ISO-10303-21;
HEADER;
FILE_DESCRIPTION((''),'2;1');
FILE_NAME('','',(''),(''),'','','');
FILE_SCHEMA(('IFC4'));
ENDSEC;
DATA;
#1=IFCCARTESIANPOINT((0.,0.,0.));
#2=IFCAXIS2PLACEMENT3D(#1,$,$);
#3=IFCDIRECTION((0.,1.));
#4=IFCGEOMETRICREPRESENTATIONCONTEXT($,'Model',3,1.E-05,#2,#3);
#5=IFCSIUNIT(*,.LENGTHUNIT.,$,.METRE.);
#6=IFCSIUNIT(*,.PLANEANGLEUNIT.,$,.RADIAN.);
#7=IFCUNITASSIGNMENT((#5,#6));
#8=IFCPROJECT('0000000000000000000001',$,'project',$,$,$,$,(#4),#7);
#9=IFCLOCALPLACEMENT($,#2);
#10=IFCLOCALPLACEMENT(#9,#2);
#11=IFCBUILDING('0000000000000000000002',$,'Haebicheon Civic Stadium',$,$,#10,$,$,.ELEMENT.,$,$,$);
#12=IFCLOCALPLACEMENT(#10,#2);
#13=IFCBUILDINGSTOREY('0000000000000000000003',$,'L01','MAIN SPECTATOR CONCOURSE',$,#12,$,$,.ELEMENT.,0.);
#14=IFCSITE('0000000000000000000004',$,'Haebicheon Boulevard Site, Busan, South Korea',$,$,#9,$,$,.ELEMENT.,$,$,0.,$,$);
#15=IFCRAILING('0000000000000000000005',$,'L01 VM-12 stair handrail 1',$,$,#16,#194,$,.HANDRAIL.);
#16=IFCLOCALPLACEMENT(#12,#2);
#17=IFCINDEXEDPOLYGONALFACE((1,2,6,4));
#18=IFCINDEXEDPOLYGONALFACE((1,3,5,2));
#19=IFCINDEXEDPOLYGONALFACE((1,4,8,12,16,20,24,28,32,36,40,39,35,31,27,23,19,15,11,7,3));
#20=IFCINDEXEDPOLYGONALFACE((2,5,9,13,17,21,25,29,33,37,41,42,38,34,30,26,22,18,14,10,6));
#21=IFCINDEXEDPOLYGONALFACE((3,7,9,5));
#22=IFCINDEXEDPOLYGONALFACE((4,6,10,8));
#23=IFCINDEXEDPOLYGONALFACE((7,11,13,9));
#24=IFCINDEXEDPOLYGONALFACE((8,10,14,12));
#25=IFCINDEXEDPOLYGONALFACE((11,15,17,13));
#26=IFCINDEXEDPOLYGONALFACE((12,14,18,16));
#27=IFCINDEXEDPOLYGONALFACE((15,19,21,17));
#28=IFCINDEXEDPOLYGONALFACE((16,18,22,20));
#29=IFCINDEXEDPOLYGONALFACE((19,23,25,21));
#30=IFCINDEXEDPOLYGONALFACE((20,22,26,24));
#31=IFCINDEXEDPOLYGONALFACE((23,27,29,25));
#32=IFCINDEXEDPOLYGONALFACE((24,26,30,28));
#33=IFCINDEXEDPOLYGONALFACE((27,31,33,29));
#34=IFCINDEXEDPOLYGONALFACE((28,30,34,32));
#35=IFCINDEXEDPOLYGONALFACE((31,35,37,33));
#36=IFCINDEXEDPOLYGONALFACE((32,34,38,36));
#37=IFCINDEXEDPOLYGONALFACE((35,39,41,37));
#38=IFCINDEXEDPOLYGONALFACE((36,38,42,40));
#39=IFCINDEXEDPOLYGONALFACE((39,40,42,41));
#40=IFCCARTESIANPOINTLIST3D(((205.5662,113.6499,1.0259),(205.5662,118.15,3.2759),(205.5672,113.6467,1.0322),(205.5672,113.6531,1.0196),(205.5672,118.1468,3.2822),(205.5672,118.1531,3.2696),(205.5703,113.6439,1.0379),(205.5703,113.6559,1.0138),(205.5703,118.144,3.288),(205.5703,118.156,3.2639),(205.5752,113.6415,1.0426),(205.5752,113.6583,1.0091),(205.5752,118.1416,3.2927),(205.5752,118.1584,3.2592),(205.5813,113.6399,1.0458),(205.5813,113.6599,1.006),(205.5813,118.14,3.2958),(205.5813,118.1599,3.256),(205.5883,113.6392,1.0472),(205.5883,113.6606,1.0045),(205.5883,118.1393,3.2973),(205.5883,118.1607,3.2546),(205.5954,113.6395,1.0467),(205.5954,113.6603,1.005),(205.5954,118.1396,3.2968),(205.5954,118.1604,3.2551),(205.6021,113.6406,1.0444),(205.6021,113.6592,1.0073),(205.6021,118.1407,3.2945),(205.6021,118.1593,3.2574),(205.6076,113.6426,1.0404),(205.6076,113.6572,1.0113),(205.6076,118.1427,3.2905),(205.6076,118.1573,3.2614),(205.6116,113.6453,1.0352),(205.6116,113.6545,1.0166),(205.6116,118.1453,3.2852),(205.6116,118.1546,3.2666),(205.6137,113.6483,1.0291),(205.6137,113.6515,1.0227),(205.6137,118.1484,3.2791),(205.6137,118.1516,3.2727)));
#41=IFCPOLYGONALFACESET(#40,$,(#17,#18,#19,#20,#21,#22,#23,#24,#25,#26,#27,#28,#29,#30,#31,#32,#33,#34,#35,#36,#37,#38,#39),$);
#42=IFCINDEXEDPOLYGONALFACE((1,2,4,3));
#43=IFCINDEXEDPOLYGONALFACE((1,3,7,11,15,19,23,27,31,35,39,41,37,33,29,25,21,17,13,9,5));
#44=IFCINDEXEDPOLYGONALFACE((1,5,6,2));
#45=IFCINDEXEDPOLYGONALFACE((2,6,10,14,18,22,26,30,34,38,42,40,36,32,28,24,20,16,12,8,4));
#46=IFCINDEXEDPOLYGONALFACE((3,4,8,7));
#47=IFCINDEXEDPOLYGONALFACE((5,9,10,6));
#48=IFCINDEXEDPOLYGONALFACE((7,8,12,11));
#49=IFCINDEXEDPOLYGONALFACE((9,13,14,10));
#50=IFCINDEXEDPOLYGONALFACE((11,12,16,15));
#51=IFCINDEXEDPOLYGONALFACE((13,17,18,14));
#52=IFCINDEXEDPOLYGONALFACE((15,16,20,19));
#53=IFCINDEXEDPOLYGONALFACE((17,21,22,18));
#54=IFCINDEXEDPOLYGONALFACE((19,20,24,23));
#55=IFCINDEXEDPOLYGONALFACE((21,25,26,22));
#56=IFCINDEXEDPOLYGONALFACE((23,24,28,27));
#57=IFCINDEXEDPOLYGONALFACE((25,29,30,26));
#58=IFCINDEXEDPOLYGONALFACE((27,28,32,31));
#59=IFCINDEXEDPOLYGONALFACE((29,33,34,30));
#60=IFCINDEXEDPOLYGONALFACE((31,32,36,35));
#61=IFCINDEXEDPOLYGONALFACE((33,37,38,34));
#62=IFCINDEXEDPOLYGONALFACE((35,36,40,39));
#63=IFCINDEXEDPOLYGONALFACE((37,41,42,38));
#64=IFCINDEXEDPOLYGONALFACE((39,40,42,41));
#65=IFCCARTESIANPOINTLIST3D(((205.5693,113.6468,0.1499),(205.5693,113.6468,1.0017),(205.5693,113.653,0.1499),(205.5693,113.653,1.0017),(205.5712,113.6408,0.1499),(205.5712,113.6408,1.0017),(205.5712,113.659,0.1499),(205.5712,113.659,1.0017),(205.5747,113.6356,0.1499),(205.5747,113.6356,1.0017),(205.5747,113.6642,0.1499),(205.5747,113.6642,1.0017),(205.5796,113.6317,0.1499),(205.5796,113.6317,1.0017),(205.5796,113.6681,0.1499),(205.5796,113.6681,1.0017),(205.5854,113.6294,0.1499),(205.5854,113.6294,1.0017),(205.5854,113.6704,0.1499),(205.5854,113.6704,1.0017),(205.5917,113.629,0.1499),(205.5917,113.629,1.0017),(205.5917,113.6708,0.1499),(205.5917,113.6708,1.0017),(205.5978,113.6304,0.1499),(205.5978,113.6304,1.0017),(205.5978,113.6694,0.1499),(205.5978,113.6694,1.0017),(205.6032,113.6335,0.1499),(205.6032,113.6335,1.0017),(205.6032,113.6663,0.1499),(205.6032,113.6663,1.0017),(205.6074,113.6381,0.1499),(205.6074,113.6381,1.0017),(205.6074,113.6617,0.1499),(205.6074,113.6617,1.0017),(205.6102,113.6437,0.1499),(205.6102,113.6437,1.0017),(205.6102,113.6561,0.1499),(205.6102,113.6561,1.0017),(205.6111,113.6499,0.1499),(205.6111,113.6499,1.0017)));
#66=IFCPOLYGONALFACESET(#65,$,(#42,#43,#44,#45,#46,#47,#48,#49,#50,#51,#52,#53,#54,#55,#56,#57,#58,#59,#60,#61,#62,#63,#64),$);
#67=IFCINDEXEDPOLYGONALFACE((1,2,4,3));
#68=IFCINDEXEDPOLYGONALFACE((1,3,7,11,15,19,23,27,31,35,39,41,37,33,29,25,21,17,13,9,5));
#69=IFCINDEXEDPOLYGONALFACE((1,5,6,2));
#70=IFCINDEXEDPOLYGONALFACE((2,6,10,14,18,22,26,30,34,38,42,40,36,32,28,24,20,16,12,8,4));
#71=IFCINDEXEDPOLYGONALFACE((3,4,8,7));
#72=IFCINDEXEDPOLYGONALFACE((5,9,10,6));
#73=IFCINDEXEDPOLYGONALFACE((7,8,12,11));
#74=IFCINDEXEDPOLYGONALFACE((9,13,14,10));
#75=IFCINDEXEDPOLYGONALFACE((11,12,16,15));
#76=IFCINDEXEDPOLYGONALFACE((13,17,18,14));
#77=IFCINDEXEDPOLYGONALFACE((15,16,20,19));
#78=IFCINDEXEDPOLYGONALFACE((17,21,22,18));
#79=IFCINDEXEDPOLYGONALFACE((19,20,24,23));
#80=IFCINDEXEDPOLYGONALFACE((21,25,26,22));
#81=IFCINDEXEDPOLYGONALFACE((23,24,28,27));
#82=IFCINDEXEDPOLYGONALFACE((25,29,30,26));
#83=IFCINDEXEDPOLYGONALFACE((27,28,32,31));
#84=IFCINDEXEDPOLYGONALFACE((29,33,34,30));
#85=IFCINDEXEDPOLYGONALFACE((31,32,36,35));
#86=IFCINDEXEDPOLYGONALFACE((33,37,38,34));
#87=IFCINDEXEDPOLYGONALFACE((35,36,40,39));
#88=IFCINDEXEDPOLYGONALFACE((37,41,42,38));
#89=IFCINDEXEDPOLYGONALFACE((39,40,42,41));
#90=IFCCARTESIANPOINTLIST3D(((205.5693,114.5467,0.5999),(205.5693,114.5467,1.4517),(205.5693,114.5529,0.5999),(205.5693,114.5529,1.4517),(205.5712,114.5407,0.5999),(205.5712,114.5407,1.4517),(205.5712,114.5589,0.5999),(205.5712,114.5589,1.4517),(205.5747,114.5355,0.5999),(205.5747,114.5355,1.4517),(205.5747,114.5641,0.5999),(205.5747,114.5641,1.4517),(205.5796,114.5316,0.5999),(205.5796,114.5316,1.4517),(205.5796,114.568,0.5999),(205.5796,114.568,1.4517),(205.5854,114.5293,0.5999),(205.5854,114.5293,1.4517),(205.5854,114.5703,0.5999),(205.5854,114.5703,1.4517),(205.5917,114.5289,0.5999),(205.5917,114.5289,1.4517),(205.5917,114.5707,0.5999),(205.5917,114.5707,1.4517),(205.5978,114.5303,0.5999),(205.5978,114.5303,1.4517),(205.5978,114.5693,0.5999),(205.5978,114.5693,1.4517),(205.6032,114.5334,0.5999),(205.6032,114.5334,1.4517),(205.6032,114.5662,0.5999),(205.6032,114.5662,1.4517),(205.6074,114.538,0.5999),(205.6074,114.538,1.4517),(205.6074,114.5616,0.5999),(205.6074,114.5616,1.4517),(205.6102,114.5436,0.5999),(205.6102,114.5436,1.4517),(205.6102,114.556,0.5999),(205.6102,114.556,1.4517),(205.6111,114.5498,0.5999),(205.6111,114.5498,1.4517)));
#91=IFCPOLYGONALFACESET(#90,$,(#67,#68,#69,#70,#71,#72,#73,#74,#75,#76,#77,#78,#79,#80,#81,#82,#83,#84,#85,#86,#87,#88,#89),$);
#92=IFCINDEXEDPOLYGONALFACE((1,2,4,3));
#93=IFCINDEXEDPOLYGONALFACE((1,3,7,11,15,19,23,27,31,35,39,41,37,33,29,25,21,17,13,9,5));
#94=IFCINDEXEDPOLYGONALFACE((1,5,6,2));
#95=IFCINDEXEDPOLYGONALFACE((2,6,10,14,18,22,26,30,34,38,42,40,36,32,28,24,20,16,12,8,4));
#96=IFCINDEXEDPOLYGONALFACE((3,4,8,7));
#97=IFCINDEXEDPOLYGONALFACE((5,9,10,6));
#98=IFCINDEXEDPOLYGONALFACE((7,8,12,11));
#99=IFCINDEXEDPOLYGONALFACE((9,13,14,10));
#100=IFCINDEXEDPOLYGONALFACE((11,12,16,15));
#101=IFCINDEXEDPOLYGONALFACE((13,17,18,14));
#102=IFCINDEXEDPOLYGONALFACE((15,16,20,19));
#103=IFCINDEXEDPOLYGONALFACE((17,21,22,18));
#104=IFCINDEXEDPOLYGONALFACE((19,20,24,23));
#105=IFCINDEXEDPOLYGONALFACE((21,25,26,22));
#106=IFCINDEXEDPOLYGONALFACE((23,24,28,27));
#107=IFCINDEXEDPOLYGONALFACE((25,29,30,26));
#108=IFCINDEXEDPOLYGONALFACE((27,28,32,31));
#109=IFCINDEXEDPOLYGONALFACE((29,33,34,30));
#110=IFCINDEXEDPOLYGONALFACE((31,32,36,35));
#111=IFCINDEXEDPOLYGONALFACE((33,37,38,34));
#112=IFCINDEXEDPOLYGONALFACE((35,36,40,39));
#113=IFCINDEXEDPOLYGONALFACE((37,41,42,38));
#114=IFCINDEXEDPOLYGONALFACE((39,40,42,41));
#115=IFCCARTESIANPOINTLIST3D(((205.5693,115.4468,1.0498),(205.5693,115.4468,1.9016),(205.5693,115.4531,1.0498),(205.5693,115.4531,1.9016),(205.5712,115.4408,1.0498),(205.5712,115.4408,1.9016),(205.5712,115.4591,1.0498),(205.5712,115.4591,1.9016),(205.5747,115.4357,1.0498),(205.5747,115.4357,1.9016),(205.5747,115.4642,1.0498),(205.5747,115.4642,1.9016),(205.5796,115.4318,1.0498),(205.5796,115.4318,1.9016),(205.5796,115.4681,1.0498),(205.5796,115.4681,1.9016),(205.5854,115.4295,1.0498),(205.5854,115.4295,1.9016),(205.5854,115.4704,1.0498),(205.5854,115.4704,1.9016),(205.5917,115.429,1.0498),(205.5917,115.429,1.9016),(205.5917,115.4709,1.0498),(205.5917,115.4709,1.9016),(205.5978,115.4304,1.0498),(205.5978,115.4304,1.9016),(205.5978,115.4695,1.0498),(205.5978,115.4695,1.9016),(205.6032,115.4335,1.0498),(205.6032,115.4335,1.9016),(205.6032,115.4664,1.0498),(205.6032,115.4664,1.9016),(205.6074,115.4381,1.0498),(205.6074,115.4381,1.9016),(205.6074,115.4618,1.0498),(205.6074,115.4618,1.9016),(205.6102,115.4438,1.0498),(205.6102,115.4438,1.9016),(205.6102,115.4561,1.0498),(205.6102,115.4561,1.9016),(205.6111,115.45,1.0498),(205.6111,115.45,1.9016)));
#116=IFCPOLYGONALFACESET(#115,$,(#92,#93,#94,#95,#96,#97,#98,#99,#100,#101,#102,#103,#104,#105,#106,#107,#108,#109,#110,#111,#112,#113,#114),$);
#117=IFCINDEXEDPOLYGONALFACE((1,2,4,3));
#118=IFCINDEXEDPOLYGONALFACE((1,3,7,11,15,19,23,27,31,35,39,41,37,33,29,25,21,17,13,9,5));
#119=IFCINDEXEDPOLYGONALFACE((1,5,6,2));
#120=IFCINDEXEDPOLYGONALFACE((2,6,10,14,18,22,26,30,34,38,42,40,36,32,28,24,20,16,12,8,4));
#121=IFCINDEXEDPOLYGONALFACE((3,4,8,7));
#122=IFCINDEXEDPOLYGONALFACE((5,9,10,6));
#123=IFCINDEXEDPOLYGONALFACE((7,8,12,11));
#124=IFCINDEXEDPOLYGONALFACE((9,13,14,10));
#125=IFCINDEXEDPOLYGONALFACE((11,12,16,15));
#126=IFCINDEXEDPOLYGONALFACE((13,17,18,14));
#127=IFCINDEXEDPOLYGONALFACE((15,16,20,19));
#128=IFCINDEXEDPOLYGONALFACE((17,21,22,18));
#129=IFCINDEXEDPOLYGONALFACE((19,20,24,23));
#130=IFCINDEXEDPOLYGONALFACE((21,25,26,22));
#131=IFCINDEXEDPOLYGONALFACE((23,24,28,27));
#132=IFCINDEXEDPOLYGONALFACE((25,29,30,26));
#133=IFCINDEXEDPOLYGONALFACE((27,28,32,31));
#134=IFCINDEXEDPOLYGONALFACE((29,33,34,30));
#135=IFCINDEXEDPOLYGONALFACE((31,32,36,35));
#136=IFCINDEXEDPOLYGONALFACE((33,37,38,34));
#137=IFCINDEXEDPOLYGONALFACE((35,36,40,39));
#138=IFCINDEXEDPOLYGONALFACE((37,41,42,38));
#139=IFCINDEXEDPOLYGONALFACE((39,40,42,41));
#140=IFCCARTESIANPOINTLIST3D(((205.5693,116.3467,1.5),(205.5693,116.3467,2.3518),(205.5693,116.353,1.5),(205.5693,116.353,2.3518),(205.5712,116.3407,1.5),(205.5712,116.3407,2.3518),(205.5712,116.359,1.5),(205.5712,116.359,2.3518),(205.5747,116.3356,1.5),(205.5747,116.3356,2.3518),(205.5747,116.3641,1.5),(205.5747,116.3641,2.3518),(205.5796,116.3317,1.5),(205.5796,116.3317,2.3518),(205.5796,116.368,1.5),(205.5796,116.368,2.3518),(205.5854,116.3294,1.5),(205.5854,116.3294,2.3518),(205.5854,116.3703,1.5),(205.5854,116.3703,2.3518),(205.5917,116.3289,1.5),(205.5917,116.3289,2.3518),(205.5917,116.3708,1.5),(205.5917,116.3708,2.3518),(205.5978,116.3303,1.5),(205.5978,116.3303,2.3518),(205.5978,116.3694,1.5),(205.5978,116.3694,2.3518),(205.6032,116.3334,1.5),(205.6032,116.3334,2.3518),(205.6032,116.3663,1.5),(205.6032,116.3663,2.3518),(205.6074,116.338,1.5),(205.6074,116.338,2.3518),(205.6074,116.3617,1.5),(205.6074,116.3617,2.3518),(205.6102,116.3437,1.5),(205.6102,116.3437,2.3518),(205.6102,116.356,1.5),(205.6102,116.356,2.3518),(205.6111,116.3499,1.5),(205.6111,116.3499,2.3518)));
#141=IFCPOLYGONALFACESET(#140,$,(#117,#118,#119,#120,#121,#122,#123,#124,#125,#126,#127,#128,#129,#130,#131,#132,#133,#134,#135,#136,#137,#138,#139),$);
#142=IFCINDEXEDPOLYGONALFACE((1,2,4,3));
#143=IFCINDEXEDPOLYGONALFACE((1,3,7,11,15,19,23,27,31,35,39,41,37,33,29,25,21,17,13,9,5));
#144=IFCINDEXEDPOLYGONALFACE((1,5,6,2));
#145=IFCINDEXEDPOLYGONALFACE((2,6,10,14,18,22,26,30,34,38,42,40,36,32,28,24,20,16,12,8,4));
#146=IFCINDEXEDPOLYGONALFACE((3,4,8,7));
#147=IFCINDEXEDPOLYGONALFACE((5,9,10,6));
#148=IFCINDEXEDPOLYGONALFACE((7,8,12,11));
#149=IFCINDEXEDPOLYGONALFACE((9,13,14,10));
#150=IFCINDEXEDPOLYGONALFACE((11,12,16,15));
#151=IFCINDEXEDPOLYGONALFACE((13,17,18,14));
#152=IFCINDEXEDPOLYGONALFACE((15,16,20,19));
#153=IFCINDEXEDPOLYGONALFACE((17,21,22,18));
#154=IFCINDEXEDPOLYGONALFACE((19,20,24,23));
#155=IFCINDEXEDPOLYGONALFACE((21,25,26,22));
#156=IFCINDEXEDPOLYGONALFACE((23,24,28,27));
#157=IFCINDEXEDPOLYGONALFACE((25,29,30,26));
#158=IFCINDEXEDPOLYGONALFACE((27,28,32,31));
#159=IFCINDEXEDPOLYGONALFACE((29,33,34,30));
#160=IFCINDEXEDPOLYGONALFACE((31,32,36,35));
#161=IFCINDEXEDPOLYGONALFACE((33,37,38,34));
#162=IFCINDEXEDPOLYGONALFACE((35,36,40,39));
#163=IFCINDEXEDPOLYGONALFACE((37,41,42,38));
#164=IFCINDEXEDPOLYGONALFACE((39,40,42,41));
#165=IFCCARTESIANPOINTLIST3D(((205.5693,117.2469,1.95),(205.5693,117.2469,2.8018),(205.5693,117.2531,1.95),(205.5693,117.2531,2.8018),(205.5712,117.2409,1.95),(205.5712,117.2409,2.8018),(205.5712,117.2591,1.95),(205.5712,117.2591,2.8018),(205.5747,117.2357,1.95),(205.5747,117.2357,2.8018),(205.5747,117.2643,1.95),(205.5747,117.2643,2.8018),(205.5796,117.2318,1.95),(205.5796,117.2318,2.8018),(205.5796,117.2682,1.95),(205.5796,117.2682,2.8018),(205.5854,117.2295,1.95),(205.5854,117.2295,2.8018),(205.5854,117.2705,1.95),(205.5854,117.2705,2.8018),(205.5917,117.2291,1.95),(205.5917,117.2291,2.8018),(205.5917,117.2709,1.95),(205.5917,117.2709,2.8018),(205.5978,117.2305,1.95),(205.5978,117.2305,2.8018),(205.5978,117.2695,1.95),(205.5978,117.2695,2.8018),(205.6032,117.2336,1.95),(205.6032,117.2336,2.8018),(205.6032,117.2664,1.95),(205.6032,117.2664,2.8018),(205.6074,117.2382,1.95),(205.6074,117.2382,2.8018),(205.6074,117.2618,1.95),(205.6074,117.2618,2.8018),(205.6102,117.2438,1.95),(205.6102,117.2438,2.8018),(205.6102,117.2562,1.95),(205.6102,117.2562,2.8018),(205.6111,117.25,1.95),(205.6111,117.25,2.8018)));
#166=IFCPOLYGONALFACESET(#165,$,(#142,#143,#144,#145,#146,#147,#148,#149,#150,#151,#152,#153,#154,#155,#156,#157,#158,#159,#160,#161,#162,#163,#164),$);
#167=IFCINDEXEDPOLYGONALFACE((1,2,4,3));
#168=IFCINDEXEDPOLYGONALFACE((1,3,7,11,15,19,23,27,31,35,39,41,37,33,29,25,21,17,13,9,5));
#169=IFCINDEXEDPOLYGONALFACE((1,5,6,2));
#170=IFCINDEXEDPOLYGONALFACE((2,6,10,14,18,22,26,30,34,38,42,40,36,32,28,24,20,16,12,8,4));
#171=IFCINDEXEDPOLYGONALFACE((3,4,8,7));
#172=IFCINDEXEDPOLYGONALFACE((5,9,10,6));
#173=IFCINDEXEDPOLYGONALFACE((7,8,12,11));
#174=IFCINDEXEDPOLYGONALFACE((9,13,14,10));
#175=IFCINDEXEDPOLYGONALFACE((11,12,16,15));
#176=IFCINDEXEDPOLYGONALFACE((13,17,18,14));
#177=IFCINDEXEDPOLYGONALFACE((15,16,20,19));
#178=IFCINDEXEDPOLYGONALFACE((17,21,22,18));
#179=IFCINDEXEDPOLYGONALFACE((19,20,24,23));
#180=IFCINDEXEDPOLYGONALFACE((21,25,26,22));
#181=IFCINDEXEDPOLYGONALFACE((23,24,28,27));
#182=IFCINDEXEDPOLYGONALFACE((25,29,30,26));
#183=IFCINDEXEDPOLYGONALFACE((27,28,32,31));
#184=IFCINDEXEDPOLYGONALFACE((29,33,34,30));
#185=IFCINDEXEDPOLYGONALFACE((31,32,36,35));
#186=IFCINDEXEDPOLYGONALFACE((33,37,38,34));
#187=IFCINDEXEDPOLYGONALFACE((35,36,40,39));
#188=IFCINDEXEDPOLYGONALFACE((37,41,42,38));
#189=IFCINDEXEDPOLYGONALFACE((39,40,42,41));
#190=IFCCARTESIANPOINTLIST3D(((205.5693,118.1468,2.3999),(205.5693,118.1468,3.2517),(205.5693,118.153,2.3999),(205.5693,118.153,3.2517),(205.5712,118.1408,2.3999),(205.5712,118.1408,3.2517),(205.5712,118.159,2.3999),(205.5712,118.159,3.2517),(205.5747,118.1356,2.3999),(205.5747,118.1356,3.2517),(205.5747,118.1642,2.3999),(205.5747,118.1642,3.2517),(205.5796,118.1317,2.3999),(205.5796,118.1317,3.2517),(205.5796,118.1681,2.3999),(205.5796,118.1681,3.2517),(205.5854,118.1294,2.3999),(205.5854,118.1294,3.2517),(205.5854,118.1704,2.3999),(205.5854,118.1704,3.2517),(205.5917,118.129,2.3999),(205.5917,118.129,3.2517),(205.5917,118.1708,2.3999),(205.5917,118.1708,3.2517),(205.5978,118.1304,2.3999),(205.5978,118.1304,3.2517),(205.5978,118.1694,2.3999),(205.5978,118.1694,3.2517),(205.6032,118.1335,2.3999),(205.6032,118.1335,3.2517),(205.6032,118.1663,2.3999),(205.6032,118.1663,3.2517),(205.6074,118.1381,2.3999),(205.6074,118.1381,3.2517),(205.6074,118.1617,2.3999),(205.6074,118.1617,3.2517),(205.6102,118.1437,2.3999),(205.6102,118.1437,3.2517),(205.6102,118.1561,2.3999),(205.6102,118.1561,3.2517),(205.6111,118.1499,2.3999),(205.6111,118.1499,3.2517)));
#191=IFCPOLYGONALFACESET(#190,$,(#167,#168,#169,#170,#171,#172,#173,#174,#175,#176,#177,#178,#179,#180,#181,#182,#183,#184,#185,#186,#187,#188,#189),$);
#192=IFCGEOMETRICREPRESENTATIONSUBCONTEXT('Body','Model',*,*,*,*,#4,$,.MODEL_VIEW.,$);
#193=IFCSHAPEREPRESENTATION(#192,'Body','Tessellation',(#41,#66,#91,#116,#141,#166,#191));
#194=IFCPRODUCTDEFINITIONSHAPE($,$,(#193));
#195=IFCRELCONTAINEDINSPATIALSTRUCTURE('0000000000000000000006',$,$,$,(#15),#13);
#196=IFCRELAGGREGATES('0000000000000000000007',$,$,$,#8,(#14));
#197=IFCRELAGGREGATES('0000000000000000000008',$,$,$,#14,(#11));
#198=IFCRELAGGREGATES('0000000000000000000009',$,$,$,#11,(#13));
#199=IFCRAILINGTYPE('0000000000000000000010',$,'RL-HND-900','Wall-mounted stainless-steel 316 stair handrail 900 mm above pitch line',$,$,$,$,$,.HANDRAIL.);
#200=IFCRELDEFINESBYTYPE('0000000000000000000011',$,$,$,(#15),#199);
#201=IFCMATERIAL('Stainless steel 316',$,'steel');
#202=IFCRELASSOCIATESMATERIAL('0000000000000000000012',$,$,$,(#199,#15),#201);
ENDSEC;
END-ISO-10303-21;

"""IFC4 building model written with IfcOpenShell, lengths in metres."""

from ifc_helpers import new_model, si_unit, direction, frame, origin, origin_2d, place, context, subcontext, project, spatial, circle, extrude, material, type_object, element, save


model = new_model("IFC4")

# Units and contexts
model_context = context("Model", 3, precision=1e-05, world=origin(), true_north=direction((0.0, 1.0)))
body_context = subcontext(model_context, "Body", "Model", "MODEL_VIEW")
ifc_project = project(units=[si_unit("LENGTHUNIT", "METRE"), si_unit("PLANEANGLEUNIT", "RADIAN")], contexts=[model_context])

# Site, building, storey
site_placement = place(None, origin())
site = spatial("IfcSite", under=ifc_project, at=site_placement, Name="Haebicheon Boulevard Site, Busan, South Korea", CompositionType="ELEMENT", RefElevation=0.0)
building_placement = place(site_placement, origin())
building = spatial("IfcBuilding", under=site, at=building_placement, Name="Haebicheon Civic Stadium", CompositionType="ELEMENT")
storey_placement = place(building_placement, origin())
storey = spatial("IfcBuildingStorey", under=building, at=storey_placement, Name="L01", Description="MAIN SPECTATOR CONCOURSE", CompositionType="ELEMENT", Elevation=0.0)

# Railing
ifc_material_1 = material(Name="Stainless steel 316", Category="steel")
railing_type_1 = type_object("IfcRailingType", Name="RL-HND-900", Description="Wall-mounted stainless-steel 316 stair handrail 900 mm above pitch line", PredefinedType="HANDRAIL", material=ifc_material_1)
railing_1_placement = place(storey_placement, frame((205.5901, 113.6499, 0.1499)))
element("IfcRailing", 1, at=railing_1_placement, inside=storey, type_object=railing_type_1, material=ifc_material_1, Name="L01 VM-12 stair handrail 1", PredefinedType="HANDRAIL", context=body_context, shape_type="SweptSolid", body=[
    extrude(circle(Radius=0.0239, at=origin_2d()), frame((0.0, 0.0, 0.876), z_axis=(0.0, 0.894427, 0.447214), x_axis=(-1.0, 0.0, 0.0)), (0.0, 0.0, 1.0), 5.0312),
    extrude(circle(Radius=0.021, at=origin_2d()), origin(), (0.0, 0.0, 1.0), 0.8518),
    extrude(circle(Radius=0.021, at=origin_2d()), frame((0.0, 0.8999, 0.45)), (0.0, 0.0, 1.0), 0.8518),
    extrude(circle(Radius=0.021, at=origin_2d()), frame((0.0, 1.8, 0.8999)), (0.0, 0.0, 1.0), 0.8518),
    extrude(circle(Radius=0.021, at=origin_2d()), frame((0.0, 2.7, 1.3501)), (0.0, 0.0, 1.0), 0.8518),
    extrude(circle(Radius=0.021, at=origin_2d()), frame((0.0, 3.6001, 1.8)), (0.0, 0.0, 1.0), 0.8518),
    extrude(circle(Radius=0.021, at=origin_2d()), frame((0.0, 4.5, 2.25)), (0.0, 0.0, 1.0), 0.8518),
])

save(model, "model.ifc")
